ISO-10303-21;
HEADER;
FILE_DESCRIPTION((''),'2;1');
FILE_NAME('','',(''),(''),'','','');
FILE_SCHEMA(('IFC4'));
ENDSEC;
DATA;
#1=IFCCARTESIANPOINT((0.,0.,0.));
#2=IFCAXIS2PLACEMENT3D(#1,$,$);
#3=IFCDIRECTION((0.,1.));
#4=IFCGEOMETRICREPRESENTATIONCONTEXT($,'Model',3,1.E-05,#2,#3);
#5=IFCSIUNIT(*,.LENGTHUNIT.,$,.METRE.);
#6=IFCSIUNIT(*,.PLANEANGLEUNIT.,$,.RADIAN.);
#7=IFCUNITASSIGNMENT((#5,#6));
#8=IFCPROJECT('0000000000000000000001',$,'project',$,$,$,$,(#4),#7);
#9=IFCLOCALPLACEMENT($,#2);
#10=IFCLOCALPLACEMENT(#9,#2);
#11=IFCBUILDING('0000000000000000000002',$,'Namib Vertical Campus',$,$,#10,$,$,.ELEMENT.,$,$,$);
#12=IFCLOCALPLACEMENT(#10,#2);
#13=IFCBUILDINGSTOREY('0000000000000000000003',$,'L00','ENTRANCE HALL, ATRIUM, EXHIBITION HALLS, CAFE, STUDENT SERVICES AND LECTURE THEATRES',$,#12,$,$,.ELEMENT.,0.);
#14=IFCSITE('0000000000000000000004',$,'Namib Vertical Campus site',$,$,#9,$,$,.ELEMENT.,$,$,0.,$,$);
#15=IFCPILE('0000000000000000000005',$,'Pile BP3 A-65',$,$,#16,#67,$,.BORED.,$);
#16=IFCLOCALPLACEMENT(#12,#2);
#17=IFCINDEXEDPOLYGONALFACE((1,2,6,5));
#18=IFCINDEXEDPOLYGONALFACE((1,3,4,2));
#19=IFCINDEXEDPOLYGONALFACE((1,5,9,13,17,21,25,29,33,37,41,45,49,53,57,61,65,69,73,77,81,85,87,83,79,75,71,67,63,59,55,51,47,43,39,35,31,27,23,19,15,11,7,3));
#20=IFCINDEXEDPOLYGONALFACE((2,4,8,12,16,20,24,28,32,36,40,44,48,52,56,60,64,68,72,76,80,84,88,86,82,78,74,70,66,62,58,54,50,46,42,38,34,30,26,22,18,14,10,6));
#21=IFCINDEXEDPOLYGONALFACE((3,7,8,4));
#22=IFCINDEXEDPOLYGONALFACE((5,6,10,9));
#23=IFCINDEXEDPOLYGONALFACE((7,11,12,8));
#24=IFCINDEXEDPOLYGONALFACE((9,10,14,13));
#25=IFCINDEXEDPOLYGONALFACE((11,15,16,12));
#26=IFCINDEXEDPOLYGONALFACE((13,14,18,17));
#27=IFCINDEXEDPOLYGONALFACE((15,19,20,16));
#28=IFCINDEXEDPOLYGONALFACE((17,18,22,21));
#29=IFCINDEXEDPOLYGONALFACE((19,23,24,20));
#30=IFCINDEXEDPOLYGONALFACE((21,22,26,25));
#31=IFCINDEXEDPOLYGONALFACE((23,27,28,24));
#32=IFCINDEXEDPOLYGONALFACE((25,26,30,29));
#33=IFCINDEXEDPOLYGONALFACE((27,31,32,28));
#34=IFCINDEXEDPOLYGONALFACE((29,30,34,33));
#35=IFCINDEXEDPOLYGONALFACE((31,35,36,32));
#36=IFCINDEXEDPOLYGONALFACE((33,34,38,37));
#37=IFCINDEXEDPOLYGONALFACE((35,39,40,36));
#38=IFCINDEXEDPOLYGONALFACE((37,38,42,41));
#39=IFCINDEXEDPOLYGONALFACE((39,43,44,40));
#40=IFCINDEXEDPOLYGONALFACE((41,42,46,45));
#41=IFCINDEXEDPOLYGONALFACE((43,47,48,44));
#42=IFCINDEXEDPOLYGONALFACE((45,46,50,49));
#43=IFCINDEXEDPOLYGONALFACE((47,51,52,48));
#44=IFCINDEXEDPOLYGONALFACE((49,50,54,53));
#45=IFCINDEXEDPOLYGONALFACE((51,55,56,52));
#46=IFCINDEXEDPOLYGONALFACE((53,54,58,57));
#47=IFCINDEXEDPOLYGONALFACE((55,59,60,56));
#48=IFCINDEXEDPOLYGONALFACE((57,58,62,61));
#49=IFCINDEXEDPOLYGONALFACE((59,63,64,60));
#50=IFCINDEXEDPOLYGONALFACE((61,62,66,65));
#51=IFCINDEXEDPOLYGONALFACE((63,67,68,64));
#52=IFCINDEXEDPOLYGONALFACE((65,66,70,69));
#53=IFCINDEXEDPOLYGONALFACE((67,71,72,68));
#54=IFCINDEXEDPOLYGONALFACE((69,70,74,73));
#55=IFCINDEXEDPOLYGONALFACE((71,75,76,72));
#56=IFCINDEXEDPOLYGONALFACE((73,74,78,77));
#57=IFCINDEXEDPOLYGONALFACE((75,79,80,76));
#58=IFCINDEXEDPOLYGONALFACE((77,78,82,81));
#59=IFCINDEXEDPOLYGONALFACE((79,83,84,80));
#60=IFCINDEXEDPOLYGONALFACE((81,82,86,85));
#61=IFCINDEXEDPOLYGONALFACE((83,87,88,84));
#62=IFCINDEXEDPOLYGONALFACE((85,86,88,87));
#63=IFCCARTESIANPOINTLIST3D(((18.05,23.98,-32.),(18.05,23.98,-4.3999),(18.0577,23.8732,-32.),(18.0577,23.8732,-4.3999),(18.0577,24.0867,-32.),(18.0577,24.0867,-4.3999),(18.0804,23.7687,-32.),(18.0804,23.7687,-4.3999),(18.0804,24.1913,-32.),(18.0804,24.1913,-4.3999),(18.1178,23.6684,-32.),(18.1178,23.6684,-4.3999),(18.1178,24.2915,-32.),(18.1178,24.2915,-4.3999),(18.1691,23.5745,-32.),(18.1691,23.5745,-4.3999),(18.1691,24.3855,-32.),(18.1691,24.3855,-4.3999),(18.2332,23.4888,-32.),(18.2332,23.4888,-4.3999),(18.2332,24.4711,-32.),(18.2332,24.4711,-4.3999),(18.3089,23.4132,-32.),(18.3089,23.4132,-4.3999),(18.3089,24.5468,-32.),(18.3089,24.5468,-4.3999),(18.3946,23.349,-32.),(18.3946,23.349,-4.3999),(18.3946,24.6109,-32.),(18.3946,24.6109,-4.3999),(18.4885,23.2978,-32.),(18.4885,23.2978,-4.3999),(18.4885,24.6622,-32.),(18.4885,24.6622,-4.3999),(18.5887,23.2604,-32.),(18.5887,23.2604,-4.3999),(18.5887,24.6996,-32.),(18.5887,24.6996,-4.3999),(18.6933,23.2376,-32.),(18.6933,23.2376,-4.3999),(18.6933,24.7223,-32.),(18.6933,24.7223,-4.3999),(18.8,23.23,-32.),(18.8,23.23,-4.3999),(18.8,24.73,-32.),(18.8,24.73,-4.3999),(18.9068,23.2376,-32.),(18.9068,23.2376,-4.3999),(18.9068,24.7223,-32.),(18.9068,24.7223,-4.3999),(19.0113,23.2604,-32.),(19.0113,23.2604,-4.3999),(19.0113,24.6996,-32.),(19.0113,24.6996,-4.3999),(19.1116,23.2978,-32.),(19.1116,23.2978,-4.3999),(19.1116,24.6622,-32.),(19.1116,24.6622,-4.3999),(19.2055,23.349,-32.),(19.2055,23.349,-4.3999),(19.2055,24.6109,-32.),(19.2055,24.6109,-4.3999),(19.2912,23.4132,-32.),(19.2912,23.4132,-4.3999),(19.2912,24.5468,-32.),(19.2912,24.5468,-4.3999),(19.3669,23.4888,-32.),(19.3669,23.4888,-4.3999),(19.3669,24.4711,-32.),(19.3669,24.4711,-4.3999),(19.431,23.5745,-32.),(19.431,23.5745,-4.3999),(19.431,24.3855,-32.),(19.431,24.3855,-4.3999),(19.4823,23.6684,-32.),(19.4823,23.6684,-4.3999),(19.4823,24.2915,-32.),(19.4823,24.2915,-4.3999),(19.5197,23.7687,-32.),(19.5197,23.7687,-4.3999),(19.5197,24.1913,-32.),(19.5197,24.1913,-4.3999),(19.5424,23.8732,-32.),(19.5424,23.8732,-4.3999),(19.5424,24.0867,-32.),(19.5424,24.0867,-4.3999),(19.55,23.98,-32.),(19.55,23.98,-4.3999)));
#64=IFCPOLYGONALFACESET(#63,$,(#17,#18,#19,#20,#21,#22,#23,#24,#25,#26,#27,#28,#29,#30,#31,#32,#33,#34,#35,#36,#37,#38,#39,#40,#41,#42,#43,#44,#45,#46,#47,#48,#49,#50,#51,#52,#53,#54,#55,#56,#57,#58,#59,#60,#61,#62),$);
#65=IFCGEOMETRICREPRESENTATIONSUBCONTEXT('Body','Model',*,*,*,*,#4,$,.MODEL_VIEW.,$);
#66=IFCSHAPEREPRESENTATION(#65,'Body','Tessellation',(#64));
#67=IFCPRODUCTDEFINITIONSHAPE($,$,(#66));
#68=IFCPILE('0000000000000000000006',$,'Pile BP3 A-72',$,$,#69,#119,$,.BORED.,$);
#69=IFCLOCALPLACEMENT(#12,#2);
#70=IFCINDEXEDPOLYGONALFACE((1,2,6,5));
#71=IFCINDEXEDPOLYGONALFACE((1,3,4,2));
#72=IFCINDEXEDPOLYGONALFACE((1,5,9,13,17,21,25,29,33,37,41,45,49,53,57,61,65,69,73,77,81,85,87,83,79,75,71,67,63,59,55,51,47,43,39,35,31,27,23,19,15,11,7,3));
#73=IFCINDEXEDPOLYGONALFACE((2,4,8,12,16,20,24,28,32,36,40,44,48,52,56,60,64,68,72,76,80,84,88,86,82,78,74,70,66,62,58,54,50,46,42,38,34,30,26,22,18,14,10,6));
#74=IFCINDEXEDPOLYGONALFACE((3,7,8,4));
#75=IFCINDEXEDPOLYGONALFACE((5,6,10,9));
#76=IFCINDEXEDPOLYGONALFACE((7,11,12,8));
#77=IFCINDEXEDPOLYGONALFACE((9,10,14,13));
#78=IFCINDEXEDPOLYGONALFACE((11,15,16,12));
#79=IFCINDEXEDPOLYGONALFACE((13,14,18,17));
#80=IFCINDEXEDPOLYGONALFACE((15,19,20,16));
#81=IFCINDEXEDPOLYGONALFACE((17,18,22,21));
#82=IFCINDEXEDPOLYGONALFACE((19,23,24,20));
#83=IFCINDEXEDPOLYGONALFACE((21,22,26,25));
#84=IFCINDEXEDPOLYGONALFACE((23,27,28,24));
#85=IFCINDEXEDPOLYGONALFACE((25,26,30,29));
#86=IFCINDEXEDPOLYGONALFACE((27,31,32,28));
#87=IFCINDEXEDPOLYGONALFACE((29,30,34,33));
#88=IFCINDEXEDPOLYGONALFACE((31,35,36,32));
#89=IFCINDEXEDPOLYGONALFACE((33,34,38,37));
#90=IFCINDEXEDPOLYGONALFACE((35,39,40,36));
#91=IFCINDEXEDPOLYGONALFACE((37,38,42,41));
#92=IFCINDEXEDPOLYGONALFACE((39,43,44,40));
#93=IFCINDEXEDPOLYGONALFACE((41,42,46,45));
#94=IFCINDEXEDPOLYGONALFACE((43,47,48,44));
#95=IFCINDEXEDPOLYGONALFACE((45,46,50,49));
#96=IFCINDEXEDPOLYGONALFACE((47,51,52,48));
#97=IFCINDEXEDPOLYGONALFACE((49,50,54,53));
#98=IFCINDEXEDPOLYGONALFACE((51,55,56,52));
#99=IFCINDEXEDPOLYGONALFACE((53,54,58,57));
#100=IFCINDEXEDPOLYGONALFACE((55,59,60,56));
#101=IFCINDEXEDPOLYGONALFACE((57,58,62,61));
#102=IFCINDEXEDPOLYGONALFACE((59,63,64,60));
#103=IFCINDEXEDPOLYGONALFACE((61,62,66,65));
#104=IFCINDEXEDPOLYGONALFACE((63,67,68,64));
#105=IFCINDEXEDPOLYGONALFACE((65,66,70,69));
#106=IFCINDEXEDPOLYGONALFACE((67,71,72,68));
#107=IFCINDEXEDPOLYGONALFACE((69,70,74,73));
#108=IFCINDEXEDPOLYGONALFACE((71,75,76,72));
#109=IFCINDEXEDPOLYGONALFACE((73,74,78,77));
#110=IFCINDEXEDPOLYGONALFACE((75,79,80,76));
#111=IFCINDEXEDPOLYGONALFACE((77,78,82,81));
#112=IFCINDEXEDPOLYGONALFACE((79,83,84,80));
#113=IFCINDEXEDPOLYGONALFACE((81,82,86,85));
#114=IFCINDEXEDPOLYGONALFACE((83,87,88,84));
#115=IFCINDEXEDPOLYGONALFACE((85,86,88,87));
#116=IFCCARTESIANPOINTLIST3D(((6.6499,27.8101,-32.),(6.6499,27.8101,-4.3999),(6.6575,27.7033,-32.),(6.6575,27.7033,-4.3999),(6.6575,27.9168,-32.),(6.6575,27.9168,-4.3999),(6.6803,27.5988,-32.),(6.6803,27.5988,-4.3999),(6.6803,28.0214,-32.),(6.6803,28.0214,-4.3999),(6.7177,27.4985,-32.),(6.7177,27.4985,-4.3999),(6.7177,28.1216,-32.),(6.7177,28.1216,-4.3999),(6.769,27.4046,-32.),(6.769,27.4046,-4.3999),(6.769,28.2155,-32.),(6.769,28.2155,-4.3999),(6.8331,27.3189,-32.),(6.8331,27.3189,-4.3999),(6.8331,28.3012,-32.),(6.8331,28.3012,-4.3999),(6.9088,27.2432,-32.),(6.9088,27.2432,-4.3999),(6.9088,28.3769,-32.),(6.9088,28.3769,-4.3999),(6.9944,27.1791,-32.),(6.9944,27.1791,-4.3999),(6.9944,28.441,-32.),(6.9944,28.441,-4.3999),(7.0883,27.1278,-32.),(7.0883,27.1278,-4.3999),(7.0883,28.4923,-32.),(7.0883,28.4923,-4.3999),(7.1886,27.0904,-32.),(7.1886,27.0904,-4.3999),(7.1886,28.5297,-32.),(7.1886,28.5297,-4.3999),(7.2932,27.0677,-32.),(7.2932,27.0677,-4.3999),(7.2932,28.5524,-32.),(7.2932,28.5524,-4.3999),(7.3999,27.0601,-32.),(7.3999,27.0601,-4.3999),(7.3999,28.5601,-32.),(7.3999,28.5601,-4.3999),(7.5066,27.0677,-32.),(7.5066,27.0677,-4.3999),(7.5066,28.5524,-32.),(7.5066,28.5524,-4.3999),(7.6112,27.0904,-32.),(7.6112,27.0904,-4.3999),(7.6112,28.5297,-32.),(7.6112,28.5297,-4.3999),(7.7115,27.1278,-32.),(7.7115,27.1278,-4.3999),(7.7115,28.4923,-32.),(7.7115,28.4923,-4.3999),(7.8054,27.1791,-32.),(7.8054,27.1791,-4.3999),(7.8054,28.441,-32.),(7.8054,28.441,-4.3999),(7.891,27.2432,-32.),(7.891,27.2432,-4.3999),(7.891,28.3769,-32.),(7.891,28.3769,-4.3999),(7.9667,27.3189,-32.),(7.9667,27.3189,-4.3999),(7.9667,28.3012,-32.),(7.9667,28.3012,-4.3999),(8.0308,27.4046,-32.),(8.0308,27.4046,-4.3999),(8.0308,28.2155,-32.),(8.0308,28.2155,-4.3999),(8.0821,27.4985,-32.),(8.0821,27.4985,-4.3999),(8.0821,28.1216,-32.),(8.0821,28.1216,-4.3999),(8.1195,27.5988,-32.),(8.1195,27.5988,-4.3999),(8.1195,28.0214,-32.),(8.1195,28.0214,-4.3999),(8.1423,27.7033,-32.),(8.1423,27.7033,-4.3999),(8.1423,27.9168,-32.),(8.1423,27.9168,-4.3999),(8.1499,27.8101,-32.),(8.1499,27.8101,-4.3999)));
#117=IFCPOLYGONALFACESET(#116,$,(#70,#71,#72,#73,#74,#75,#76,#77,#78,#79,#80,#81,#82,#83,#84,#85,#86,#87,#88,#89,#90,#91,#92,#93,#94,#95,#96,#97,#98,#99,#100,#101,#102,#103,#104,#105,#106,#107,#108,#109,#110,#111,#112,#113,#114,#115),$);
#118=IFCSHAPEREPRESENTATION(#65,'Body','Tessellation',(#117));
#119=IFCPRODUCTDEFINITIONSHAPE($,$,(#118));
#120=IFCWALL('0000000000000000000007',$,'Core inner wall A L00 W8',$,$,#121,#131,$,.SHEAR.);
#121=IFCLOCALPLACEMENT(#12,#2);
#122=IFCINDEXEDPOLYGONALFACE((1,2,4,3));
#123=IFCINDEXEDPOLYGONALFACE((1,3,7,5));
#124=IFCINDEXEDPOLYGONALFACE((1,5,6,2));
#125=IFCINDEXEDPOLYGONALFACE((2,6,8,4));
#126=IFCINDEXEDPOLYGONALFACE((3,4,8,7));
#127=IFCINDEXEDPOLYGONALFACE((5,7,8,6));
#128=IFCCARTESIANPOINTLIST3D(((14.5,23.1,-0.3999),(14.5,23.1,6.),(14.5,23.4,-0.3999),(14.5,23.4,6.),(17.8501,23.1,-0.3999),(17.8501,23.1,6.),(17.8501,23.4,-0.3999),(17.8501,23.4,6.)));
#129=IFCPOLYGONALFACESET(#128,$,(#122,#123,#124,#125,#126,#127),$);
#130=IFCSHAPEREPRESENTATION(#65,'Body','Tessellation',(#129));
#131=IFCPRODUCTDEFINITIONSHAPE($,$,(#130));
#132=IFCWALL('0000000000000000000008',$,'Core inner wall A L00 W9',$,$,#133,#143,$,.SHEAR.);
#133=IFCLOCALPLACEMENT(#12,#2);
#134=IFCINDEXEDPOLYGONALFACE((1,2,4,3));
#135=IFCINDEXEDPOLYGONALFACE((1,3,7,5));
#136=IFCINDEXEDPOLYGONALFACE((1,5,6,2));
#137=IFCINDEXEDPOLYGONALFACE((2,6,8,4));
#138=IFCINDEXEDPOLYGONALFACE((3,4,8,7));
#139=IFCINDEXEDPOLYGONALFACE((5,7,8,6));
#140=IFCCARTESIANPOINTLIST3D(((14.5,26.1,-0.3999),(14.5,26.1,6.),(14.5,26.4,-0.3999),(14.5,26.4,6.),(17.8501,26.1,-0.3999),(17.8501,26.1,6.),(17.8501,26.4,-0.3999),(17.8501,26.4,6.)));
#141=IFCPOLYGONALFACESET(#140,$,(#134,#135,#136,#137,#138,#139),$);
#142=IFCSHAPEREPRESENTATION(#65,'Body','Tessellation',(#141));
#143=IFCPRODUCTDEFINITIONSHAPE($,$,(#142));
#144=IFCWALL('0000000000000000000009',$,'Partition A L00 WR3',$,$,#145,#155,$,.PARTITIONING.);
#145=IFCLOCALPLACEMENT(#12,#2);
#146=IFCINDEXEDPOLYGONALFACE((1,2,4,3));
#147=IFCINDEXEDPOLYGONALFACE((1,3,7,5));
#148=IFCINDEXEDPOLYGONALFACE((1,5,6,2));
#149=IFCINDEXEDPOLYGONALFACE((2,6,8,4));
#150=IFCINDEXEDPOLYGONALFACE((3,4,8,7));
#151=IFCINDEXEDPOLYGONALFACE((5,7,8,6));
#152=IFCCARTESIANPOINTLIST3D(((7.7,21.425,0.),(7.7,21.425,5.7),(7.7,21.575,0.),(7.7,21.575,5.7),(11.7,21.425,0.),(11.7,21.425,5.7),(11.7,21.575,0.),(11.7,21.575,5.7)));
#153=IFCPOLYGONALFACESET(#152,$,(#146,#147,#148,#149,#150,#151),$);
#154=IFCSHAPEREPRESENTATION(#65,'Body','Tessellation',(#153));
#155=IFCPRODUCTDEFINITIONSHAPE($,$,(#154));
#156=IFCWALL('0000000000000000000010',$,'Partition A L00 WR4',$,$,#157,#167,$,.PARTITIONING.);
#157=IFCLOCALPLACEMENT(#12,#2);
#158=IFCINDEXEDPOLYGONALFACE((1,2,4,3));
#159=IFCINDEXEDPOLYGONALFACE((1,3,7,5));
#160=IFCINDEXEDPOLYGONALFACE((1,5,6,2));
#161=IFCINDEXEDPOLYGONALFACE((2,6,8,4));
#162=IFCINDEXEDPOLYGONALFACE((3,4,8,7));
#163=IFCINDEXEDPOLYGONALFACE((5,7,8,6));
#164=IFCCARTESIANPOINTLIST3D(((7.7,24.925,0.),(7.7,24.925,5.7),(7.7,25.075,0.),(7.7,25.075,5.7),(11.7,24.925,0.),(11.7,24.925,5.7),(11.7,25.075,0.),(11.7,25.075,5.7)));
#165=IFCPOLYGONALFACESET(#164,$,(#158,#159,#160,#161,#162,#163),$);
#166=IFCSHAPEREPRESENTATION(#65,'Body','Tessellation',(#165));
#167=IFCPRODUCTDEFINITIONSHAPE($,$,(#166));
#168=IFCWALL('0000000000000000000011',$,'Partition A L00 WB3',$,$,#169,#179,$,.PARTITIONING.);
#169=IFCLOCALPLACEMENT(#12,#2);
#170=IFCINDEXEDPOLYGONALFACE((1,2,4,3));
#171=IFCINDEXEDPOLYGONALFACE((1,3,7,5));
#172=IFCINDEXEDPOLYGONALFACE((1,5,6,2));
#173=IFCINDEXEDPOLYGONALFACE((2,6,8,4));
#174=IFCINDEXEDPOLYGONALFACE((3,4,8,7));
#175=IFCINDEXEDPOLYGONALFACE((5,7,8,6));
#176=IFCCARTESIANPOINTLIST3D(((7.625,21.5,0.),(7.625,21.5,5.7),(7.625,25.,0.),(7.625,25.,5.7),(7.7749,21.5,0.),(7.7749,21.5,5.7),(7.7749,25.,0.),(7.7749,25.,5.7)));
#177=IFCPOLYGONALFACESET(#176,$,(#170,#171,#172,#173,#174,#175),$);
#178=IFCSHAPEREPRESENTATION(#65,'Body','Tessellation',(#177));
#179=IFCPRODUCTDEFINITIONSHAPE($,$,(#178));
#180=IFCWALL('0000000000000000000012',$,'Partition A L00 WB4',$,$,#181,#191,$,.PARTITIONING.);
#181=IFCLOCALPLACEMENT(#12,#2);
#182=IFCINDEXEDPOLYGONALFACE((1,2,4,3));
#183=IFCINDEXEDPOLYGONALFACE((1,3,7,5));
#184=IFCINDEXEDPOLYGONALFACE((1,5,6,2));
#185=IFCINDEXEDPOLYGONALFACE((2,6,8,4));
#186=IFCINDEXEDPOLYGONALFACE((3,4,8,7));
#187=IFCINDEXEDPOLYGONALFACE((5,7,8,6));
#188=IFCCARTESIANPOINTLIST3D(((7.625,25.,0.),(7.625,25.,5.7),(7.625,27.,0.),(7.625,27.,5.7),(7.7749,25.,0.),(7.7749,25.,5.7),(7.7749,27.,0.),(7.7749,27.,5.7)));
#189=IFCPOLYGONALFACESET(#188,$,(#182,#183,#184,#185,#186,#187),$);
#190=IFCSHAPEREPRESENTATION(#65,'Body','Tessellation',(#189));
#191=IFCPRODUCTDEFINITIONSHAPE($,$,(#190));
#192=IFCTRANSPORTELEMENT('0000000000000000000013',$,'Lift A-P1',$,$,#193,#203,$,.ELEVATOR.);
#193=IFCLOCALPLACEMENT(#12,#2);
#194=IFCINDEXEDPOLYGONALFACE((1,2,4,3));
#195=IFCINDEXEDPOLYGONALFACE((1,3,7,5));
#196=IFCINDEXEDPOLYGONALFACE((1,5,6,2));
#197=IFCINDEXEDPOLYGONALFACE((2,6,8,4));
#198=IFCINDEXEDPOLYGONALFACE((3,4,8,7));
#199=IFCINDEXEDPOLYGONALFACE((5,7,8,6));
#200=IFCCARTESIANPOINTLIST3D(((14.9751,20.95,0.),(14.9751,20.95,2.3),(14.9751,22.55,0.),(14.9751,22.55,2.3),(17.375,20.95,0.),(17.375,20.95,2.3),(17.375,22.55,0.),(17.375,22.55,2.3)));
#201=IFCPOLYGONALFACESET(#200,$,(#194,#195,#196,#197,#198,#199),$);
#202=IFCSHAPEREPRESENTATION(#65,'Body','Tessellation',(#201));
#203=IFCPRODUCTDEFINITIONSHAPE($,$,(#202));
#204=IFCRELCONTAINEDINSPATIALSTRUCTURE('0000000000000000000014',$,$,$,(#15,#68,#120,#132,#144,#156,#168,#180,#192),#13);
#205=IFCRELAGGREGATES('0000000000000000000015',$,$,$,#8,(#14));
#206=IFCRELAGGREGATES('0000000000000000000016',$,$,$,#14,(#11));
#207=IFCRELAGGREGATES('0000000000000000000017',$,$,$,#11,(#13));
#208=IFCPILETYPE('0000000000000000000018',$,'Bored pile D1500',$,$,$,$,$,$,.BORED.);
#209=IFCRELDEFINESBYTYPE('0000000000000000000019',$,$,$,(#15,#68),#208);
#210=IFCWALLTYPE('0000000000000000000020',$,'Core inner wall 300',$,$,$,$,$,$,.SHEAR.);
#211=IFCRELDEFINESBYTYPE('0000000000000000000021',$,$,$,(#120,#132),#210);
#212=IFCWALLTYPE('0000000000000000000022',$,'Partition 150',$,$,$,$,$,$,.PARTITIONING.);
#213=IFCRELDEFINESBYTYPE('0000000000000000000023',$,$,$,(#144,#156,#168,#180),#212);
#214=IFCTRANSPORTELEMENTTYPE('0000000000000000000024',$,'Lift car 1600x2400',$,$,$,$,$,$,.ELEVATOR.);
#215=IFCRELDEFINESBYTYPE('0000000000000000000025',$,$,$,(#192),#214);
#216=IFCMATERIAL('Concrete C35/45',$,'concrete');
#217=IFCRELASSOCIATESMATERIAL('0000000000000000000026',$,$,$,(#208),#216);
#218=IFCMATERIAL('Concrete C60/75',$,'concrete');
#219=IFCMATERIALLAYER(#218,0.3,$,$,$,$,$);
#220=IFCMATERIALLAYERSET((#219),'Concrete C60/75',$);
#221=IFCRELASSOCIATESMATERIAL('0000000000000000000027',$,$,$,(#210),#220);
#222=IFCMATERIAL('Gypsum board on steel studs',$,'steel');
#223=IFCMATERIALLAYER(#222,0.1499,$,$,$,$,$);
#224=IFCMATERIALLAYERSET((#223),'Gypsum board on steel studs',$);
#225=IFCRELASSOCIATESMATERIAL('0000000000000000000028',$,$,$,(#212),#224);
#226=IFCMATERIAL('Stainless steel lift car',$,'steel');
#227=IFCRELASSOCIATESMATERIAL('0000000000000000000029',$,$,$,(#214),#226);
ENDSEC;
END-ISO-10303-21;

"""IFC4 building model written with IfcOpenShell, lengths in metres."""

from ifc_helpers import new_model, si_unit, direction, frame, frame_2d, origin, origin_2d, place, context, subcontext, project, spatial, rectangle, circle, extrude, material, layer, layer_set, material_profile, profile_set, type_object, element, save


model = new_model("IFC4")

# Units and contexts
model_context = context("Model", 3, precision=1e-05, world=origin(), true_north=direction((0.0, 1.0)))
body_context = subcontext(model_context, "Body", "Model", "MODEL_VIEW")
ifc_project = project(units=[si_unit("LENGTHUNIT", "METRE"), si_unit("PLANEANGLEUNIT", "RADIAN")], contexts=[model_context])

# Site, building, storey
site_placement = place(None, origin())
site = spatial("IfcSite", under=ifc_project, at=site_placement, Name="Namib Vertical Campus site", CompositionType="ELEMENT", RefElevation=0.0)
building_placement = place(site_placement, origin())
building = spatial("IfcBuilding", under=site, at=building_placement, Name="Namib Vertical Campus", CompositionType="ELEMENT")
storey_placement = place(building_placement, origin())
storey = spatial("IfcBuildingStorey", under=building, at=storey_placement, Name="L00", Description="ENTRANCE HALL, ATRIUM, EXHIBITION HALLS, CAFE, STUDENT SERVICES AND LECTURE THEATRES", CompositionType="ELEMENT", Elevation=0.0)

# Piles
ifc_material_1 = material(Name="Concrete C35/45", Category="concrete")
ifc_material_profile = material_profile(ifc_material_1, circle(Radius=0.75, at=origin_2d()))
ifc_profile_set = profile_set([ifc_material_profile], Name="Concrete C35/45")
pile_type = type_object("IfcPileType", Name="Bored pile D1500", PredefinedType="BORED", material=ifc_profile_set)
for number, where, z_axis, x_axis, name in (
    (1, (18.8, 23.98, -4.3999), (0.0, 0.0, -1.0), (1.0, 0.0, 0.0), "Pile BP3 A-65"),
    (2, (7.3999, 27.8101, -4.3999), (0.0, 0.0, -1.0), (1.0, 0.0, 0.0), "Pile BP3 A-72"),
):
    element("IfcPile", number, at=place(storey_placement, frame(where, z_axis=z_axis, x_axis=x_axis)), inside=storey, type_object=pile_type, Name=name, PredefinedType="BORED", context=body_context, shape_type="SweptSolid", body=[
        extrude(circle(Radius=0.75, at=origin_2d()), origin(), (0.0, 0.0, 1.0), 27.6001),
    ])

# Walls
ifc_material_2 = material(Name="Concrete C60/75", Category="concrete")
ifc_layer_1 = layer(ifc_material_2, 0.3)
ifc_layer_set_1 = layer_set([ifc_layer_1], Name="Concrete C60/75")
wall_type_1 = type_object("IfcWallType", Name="Core inner wall 300", PredefinedType="SHEAR", material=ifc_layer_set_1)
for number, where, z_axis, x_axis, name in (
    (3, (14.5, 23.25, -0.3999), (0.0, 0.0, 1.0), (1.0, 0.0, 0.0), "Core inner wall A L00 W8"),
    (4, (14.5, 26.25, -0.3999), (0.0, 0.0, 1.0), (1.0, 0.0, 0.0), "Core inner wall A L00 W9"),
):
    element("IfcWall", number, at=place(storey_placement, frame(where, z_axis=z_axis, x_axis=x_axis)), inside=storey, type_object=wall_type_1, Name=name, PredefinedType="SHEAR", context=body_context, shape_type="SweptSolid", body=[
        extrude(rectangle(XDim=3.3501, YDim=0.3, at=frame_2d((1.675, 0.0))), origin(), (0.0, 0.0, 1.0), 6.3999),
    ])
ifc_material_3 = material(Name="Gypsum board on steel studs", Category="steel")
ifc_layer_2 = layer(ifc_material_3, 0.1499)
ifc_layer_set_2 = layer_set([ifc_layer_2], Name="Gypsum board on steel studs")
wall_type_2 = type_object("IfcWallType", Name="Partition 150", PredefinedType="PARTITIONING", material=ifc_layer_set_2)
for number, where, z_axis, x_axis, name in (
    (5, (11.7, 21.5, 0.0), (0.0, 0.0, 1.0), (-1.0, 0.0, 0.0), "Partition A L00 WR3"),
    (6, (11.7, 25.0, 0.0), (0.0, 0.0, 1.0), (-1.0, 0.0, 0.0), "Partition A L00 WR4"),
):
    element("IfcWall", number, at=place(storey_placement, frame(where, z_axis=z_axis, x_axis=x_axis)), inside=storey, type_object=wall_type_2, Name=name, PredefinedType="PARTITIONING", context=body_context, shape_type="SweptSolid", body=[
        extrude(rectangle(XDim=4.0, YDim=0.1499, at=frame_2d((2.0, 0.0))), origin(), (0.0, 0.0, 1.0), 5.7),
    ])
wall_1_placement = place(storey_placement, frame((7.7, 21.5, 0.0), z_axis=(0.0, 0.0, 1.0), x_axis=(0.0, 1.0, 0.0)))
element("IfcWall", 7, at=wall_1_placement, inside=storey, type_object=wall_type_2, Name="Partition A L00 WB3", PredefinedType="PARTITIONING", context=body_context, shape_type="SweptSolid", body=[
    extrude(rectangle(XDim=3.5, YDim=0.1499, at=frame_2d((1.75, 0.0))), origin(), (0.0, 0.0, 1.0), 5.7),
])
wall_2_placement = place(storey_placement, frame((7.7, 25.0, 0.0), z_axis=(0.0, 0.0, 1.0), x_axis=(0.0, 1.0, 0.0)))
element("IfcWall", 8, at=wall_2_placement, inside=storey, type_object=wall_type_2, Name="Partition A L00 WB4", PredefinedType="PARTITIONING", context=body_context, shape_type="SweptSolid", body=[
    extrude(rectangle(XDim=2.0, YDim=0.1499, at=frame_2d((1.0, 0.0))), origin(), (0.0, 0.0, 1.0), 5.7),
])

# Transport element
ifc_material_4 = material(Name="Stainless steel lift car", Category="steel")
transport_element_type = type_object("IfcTransportElementType", Name="Lift car 1600x2400", PredefinedType="ELEVATOR", material=ifc_material_4)
for number, where, z_axis, x_axis, name in (
    (9, (16.175, 21.75, 0.0), (0.0, 0.0, 1.0), (1.0, 0.0, 0.0), "Lift A-P1"),
):
    element("IfcTransportElement", number, at=place(storey_placement, frame(where, z_axis=z_axis, x_axis=x_axis)), inside=storey, type_object=transport_element_type, Name=name, PredefinedType="ELEVATOR", context=body_context, shape_type="SweptSolid", body=[
        extrude(rectangle(XDim=2.3999, YDim=1.6001, at=origin_2d()), origin(), (0.0, 0.0, 1.0), 2.3),
    ])

save(model, "model.ifc")
